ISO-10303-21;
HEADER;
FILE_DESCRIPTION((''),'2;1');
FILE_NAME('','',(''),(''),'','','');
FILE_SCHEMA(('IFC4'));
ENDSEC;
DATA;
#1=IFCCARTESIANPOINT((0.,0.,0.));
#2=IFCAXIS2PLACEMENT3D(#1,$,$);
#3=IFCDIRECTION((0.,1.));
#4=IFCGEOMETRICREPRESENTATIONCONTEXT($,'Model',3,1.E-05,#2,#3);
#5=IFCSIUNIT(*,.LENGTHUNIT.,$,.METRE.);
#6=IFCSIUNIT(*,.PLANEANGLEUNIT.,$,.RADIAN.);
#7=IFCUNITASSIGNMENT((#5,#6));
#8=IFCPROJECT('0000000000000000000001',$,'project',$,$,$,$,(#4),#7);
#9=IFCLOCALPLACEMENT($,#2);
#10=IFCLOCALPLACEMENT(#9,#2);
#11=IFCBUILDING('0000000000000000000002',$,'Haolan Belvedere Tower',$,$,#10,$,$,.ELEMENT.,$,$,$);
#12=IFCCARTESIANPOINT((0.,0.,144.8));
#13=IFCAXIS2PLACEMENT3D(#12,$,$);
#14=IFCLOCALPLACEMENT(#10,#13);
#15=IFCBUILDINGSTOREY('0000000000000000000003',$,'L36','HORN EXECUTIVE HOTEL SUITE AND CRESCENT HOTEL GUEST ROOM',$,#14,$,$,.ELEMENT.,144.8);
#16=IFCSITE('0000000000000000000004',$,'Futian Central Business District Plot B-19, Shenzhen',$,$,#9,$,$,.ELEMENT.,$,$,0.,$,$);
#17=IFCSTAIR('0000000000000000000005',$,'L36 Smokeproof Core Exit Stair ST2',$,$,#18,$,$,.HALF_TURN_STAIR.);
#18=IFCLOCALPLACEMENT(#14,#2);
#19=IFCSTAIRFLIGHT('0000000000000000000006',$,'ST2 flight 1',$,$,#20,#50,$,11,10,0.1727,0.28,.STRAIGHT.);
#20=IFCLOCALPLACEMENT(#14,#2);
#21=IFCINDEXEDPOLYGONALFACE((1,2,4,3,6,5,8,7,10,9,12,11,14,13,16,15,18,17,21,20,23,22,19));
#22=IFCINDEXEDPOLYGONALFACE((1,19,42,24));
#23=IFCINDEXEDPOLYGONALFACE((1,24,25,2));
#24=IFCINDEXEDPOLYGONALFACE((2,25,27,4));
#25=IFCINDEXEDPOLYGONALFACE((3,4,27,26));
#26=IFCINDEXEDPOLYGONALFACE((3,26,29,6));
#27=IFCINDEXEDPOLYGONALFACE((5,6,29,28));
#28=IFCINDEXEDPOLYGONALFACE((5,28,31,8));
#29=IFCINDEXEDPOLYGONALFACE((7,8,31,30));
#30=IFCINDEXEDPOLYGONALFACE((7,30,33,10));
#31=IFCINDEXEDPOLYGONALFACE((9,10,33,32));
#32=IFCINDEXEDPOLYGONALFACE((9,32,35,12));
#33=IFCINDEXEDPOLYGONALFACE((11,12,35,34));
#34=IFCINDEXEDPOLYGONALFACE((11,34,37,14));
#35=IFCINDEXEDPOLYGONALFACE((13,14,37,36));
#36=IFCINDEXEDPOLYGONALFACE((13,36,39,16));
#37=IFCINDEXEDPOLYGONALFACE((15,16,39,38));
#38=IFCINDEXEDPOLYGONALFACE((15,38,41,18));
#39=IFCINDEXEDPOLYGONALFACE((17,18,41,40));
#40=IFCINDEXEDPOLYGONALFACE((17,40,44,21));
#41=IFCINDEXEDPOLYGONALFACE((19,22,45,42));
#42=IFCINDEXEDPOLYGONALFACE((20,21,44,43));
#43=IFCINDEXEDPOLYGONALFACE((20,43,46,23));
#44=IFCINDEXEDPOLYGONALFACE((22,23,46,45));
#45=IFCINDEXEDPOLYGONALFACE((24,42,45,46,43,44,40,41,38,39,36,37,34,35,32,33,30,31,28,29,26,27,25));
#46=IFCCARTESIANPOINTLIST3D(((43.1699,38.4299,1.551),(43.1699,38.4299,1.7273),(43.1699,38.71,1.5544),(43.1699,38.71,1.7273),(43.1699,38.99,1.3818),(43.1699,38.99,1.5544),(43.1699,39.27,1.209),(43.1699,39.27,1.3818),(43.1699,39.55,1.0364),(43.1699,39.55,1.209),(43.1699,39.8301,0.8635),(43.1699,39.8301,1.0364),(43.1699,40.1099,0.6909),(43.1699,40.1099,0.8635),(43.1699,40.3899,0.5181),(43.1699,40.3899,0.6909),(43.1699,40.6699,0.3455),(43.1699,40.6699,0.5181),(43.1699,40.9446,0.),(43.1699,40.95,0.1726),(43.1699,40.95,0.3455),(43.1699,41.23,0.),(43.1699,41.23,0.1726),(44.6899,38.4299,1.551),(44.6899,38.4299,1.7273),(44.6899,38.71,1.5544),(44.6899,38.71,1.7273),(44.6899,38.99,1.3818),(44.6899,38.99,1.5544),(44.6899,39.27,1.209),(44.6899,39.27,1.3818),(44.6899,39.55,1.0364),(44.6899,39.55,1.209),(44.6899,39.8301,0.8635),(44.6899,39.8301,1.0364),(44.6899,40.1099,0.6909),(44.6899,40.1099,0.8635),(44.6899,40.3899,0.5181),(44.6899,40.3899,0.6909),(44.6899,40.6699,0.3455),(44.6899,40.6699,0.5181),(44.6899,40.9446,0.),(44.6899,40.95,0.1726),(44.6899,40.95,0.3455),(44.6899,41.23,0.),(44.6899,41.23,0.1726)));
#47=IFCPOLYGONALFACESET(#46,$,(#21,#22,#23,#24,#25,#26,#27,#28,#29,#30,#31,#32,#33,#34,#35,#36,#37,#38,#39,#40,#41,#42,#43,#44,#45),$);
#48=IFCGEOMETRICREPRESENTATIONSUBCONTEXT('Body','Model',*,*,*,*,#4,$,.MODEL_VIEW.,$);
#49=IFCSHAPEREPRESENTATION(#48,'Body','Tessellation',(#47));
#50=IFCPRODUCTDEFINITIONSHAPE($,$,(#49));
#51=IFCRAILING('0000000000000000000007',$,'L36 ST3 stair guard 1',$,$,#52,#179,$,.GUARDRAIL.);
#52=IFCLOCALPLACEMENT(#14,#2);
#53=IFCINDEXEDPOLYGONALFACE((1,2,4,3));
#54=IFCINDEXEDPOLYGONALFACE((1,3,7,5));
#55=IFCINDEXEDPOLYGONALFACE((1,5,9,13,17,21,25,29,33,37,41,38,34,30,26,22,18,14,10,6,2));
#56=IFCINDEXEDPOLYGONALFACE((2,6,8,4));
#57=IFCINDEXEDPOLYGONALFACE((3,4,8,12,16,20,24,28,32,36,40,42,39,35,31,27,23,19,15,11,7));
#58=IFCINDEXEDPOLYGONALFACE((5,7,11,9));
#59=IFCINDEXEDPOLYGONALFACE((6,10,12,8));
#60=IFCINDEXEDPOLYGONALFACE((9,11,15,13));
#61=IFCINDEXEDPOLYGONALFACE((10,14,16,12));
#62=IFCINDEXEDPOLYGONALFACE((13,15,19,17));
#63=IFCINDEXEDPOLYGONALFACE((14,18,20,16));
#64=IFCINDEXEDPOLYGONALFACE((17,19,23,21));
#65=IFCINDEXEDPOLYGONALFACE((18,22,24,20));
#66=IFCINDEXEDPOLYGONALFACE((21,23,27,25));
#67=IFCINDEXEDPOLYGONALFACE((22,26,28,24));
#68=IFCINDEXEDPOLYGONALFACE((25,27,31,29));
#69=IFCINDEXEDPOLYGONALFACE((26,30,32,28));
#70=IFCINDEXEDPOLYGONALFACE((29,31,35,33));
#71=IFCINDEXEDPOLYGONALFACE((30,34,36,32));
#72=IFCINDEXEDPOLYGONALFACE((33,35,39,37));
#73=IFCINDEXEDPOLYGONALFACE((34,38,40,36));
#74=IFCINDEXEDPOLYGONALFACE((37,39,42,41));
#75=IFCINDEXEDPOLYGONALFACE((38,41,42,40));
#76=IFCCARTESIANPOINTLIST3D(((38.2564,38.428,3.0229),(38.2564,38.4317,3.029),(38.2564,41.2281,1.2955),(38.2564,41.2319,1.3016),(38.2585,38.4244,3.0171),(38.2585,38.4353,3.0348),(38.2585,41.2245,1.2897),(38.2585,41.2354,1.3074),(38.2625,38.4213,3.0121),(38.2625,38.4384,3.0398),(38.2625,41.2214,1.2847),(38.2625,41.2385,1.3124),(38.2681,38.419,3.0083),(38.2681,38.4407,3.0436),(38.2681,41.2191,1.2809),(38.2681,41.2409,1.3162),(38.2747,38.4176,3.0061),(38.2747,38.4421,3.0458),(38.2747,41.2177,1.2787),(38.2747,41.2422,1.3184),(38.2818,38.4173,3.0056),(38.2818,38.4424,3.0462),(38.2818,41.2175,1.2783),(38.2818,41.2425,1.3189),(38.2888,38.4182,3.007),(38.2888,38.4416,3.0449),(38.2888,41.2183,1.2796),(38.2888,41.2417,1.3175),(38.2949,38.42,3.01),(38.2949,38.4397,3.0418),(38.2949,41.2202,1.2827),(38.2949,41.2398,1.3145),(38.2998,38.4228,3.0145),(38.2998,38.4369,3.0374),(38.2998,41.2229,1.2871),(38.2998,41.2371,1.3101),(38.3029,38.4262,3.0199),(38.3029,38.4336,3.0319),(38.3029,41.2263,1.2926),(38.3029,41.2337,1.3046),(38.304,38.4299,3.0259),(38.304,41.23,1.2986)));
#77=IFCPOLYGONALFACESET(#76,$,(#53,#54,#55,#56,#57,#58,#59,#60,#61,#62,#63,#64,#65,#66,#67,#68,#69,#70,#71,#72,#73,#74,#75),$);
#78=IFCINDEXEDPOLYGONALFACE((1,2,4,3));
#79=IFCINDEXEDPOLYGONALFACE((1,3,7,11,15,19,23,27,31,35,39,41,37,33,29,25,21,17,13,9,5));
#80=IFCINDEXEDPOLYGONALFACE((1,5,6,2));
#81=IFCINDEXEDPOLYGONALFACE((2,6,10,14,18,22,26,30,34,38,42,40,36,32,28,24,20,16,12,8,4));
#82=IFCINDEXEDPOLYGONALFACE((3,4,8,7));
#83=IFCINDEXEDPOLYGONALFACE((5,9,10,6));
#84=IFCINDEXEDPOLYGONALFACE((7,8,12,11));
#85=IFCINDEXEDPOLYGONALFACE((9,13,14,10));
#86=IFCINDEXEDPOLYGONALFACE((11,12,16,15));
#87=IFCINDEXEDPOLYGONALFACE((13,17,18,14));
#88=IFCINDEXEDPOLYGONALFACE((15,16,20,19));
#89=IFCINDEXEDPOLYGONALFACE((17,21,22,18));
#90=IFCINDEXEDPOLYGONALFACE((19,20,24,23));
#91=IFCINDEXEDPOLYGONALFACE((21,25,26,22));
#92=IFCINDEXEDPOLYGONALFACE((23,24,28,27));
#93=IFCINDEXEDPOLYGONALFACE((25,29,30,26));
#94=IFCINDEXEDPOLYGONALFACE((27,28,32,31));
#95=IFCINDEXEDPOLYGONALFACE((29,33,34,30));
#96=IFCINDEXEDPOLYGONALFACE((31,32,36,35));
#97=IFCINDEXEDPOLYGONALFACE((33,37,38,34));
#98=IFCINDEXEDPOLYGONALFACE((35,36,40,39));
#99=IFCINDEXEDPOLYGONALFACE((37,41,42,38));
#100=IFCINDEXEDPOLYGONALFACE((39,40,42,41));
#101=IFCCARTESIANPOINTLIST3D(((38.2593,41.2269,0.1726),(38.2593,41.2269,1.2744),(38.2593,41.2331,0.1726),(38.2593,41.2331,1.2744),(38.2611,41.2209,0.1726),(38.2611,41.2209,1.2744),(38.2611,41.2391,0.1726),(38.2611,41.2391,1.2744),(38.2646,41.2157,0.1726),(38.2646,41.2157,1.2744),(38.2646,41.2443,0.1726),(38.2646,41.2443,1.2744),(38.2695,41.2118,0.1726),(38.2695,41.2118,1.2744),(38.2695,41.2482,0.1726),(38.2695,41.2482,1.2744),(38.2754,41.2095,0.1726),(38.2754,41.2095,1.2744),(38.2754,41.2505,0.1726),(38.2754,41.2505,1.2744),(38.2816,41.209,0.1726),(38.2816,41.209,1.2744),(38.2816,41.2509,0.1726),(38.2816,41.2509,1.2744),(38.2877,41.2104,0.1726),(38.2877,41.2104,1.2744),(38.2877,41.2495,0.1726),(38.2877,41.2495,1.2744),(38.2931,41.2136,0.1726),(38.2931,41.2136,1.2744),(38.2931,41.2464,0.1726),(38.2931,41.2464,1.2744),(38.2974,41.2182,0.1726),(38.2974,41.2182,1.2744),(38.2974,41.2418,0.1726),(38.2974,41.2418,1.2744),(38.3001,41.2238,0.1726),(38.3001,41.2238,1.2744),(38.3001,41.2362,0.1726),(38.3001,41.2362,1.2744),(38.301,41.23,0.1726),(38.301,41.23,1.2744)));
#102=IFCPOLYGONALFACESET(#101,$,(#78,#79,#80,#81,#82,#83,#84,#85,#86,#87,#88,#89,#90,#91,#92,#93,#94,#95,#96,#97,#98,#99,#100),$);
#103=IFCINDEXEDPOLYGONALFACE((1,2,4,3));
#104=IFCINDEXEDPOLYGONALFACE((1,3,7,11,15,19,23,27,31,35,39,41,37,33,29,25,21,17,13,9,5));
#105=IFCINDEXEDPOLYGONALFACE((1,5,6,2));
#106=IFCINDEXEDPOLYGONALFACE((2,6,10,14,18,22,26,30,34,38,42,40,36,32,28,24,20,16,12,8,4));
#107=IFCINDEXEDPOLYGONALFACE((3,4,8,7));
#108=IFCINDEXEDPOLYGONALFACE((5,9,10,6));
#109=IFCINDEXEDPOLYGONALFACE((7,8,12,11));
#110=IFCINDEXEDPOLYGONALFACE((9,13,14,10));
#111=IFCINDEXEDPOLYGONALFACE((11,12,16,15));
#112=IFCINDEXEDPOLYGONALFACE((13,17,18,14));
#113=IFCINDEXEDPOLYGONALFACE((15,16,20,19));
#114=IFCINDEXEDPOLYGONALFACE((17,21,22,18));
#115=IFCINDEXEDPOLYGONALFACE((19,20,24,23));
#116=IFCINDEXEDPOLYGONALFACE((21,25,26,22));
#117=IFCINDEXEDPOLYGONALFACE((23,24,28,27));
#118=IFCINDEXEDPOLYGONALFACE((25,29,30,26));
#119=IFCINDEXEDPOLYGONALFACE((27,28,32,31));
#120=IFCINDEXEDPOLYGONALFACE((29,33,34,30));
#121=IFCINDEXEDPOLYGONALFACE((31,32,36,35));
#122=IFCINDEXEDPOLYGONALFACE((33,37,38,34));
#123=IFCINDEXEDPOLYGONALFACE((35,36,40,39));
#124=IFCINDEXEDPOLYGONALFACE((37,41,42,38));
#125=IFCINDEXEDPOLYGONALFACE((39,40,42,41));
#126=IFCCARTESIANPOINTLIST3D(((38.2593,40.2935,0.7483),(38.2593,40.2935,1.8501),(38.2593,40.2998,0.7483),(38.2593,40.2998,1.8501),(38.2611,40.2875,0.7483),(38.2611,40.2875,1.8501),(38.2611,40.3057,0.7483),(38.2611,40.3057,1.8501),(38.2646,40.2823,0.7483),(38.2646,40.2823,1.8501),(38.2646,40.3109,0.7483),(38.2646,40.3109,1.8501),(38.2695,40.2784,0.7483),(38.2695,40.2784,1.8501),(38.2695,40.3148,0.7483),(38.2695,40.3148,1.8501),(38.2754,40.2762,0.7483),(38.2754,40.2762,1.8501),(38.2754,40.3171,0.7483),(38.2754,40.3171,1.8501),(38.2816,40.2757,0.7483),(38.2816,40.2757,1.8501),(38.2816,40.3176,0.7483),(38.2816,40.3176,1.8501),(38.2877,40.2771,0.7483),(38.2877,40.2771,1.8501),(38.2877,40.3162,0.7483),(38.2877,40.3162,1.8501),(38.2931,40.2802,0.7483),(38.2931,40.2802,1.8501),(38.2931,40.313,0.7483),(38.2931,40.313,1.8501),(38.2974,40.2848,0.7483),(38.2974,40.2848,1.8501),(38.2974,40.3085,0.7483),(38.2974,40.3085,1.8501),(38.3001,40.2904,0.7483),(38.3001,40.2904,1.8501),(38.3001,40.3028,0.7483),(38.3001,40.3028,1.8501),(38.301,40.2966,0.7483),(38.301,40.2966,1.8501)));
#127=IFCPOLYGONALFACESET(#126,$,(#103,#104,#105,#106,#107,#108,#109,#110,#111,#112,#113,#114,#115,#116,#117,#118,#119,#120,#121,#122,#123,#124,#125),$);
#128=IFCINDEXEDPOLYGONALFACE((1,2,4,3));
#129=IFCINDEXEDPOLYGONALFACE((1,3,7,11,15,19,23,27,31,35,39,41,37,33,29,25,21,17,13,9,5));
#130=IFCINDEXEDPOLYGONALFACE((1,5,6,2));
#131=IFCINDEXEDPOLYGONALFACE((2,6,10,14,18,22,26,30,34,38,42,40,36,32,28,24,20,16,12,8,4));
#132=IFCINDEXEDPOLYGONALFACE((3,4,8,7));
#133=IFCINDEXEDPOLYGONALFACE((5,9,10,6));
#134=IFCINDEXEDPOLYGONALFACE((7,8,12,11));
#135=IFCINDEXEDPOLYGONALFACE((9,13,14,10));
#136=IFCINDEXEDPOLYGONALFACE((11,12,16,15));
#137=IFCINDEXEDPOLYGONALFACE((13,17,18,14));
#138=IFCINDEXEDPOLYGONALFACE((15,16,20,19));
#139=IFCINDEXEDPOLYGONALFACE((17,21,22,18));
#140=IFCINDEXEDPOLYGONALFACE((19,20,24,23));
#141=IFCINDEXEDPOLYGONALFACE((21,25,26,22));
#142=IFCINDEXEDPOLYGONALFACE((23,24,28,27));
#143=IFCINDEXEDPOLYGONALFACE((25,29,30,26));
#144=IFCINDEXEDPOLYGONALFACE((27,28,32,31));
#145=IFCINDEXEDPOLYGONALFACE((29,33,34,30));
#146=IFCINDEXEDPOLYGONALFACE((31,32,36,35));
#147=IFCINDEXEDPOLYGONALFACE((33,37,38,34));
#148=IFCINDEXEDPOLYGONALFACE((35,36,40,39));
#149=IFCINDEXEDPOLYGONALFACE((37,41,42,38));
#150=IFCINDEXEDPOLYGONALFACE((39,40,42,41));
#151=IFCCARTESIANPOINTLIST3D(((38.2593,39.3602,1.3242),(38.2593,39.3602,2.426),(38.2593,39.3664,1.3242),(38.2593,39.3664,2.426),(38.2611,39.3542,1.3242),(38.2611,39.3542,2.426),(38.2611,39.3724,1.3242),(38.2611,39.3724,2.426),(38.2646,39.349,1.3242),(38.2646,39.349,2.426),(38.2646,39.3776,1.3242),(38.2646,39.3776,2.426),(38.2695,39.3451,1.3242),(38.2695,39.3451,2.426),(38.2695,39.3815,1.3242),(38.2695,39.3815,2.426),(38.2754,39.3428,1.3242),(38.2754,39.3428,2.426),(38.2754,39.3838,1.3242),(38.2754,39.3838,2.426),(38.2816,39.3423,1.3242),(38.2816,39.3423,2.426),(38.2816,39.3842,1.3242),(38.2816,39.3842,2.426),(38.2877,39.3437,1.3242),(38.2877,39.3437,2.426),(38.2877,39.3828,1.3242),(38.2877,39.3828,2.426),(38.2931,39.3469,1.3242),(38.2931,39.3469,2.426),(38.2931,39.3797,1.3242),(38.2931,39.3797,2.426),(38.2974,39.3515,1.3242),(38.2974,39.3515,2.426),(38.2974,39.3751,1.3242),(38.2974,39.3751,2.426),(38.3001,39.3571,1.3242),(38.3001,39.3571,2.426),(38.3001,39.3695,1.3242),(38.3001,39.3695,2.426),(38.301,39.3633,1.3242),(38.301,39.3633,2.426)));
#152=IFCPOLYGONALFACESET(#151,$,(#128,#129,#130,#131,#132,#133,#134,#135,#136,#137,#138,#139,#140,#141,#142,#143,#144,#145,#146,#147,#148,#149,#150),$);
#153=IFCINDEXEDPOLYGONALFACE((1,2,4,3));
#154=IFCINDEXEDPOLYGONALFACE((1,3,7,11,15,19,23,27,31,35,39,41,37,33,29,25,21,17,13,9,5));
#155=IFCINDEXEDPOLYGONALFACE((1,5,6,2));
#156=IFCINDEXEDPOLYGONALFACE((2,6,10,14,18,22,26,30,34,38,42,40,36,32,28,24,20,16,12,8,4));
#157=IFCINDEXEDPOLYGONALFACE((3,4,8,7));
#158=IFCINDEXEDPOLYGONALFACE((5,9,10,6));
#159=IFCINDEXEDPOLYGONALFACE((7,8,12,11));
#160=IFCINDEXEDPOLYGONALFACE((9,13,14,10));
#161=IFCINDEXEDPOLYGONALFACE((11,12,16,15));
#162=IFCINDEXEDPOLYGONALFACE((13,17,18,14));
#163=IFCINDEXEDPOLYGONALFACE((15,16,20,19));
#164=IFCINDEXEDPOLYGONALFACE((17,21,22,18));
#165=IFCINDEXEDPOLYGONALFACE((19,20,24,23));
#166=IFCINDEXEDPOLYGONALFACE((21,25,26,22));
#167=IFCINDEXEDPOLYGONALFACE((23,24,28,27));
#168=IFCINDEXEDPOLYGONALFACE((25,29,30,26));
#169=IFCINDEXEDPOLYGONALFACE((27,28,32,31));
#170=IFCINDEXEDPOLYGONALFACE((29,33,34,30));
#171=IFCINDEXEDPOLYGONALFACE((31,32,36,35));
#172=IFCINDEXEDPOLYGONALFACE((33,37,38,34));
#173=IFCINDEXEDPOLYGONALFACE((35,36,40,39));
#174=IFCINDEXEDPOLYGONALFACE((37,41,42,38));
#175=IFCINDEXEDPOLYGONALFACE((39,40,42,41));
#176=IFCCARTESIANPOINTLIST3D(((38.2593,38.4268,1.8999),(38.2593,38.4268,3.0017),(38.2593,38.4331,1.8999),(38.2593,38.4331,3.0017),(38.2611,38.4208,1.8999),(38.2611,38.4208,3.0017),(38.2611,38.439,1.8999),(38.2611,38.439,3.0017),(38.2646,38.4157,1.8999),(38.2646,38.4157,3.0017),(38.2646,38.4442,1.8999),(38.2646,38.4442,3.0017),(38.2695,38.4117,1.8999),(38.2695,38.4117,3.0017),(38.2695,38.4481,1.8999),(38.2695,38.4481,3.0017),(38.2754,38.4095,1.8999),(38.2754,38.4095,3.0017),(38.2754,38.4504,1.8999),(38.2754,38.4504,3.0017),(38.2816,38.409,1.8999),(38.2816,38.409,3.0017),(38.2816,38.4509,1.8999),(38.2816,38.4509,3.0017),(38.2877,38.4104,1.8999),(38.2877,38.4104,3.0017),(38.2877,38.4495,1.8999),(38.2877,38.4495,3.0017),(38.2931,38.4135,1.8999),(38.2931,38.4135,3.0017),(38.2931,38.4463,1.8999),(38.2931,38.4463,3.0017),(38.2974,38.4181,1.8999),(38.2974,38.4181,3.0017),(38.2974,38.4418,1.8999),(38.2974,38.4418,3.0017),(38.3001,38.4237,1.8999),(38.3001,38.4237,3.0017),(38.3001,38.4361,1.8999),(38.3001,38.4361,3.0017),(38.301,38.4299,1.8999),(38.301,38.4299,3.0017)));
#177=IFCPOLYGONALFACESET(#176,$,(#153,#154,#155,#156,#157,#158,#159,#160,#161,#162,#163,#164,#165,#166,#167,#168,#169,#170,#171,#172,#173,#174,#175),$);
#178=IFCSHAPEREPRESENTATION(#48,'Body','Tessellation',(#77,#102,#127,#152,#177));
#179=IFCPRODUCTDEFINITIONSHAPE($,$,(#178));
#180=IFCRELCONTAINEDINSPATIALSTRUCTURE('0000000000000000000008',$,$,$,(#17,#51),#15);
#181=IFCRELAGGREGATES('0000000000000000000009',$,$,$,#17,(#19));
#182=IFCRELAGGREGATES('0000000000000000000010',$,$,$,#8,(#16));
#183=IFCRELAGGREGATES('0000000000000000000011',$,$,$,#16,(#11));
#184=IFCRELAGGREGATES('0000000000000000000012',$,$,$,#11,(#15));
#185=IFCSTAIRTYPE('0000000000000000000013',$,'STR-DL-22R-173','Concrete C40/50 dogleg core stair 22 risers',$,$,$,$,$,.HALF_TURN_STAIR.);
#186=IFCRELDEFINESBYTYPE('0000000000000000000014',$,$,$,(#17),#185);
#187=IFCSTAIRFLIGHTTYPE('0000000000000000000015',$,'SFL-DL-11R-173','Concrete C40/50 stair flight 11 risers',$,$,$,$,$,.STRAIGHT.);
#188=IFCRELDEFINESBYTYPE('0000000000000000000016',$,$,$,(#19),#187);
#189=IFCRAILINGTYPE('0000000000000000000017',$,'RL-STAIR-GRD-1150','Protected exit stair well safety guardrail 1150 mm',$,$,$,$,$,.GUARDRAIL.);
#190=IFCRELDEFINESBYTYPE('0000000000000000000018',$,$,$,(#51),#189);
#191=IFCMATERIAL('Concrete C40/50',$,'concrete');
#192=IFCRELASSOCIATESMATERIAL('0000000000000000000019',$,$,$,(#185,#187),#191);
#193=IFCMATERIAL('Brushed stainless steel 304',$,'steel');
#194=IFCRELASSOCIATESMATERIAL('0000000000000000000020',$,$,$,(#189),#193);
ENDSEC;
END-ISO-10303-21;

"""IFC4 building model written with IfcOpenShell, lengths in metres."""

from ifc_helpers import new_model, si_unit, direction, frame, origin, origin_2d, place, context, subcontext, project, spatial, polyline, circle, outline, extrude, material, type_object, element, aggregate, save


model = new_model("IFC4")

# Units and contexts
model_context = context("Model", 3, precision=1e-05, world=origin(), true_north=direction((0.0, 1.0)))
body_context = subcontext(model_context, "Body", "Model", "MODEL_VIEW")
ifc_project = project(units=[si_unit("LENGTHUNIT", "METRE"), si_unit("PLANEANGLEUNIT", "RADIAN")], contexts=[model_context])

# Site, building, storey
site_placement = place(None, origin())
site = spatial("IfcSite", under=ifc_project, at=site_placement, Name="Futian Central Business District Plot B-19, Shenzhen", CompositionType="ELEMENT", RefElevation=0.0)
building_placement = place(site_placement, origin())
building = spatial("IfcBuilding", under=site, at=building_placement, Name="Haolan Belvedere Tower", CompositionType="ELEMENT")
storey_placement = place(building_placement, frame((0.0, 0.0, 144.8)))
storey = spatial("IfcBuildingStorey", under=building, at=storey_placement, Name="L36", Description="HORN EXECUTIVE HOTEL SUITE AND CRESCENT HOTEL GUEST ROOM", CompositionType="ELEMENT", Elevation=144.8)

# Shared definitions
ifc_material_1 = material(Name="Concrete C40/50", Category="concrete")
stair_type = type_object("IfcStairType", Name="STR-DL-22R-173", Description="Concrete C40/50 dogleg core stair 22 risers", PredefinedType="HALF_TURN_STAIR", material=ifc_material_1)
stair_flight_type = type_object("IfcStairFlightType", Name="SFL-DL-11R-173", Description="Concrete C40/50 stair flight 11 risers", PredefinedType="STRAIGHT", material=ifc_material_1)

# Stair, stair flight
stair_1_placement = place(storey_placement, origin())
stair_1 = element("IfcStair", 1, at=stair_1_placement, inside=storey, type_object=stair_type, Name="L36 Smokeproof Core Exit Stair ST2", PredefinedType="HALF_TURN_STAIR")
stair_flight_1_placement = place(storey_placement, frame((43.9299, 41.23, 0.0), z_axis=(0.0, 0.0, 1.0), x_axis=(0.0, -1.0, 0.0)))
stair_flight_1 = element("IfcStairFlight", 2, at=stair_flight_1_placement, type_object=stair_flight_type, Name="ST2 flight 1", NumberOfRisers=11, NumberOfTreads=10, PredefinedType="STRAIGHT", RiserHeight=0.1727, TreadLength=0.28, context=body_context, shape_type="SweptSolid", body=[
    extrude(outline(polyline([(0.0, 0.0), (0.0, 0.1726), (0.28, 0.1726), (0.28, 0.3455), (0.5601, 0.3455), (0.5601, 0.5181), (0.8401, 0.5181), (0.8401, 0.6909), (1.1201, 0.6909), (1.1201, 0.8635), (1.3999, 0.8635), (1.3999, 1.0364), (1.6799, 1.0364), (1.6799, 1.209), (1.96, 1.209), (1.96, 1.3818), (2.24, 1.3818), (2.24, 1.5544), (2.52, 1.5544), (2.52, 1.7273), (2.8, 1.7273), (2.8, 1.8999), (2.8, 1.551), (0.2854, 0.0), (0.0, 0.0)])), frame((0.0, 0.76, 0.0), z_axis=(0.0, -1.0, 0.0), x_axis=(1.0, 0.0, 0.0)), (0.0, 0.0, 1.0), 1.52),
])
aggregate(stair_1, [stair_flight_1])

# Railing
ifc_material_2 = material(Name="Brushed stainless steel 304", Category="steel")
railing_type_1 = type_object("IfcRailingType", Name="RL-STAIR-GRD-1150", Description="Protected exit stair well safety guardrail 1150 mm", PredefinedType="GUARDRAIL", material=ifc_material_2)
railing_1_placement = place(storey_placement, frame((38.28, 41.23, 0.1726)))
element("IfcRailing", 3, at=railing_1_placement, inside=storey, type_object=railing_type_1, Name="L36 ST3 stair guard 1", PredefinedType="GUARDRAIL", context=body_context, shape_type="SweptSolid", body=[
    extrude(circle(Radius=0.0239, at=origin_2d()), frame((0.0, 0.0, 1.126), z_axis=(0.0, -0.85109, 0.52502), x_axis=(1.0, 0.0, 0.0)), (0.0, 0.0, 1.0), 3.29),
    extrude(circle(Radius=0.021, at=origin_2d()), origin(), (0.0, 0.0, 1.0), 1.1018),
    extrude(circle(Radius=0.021, at=origin_2d()), frame((0.0, -0.9333, 0.5757)), (0.0, 0.0, 1.0), 1.1018),
    extrude(circle(Radius=0.021, at=origin_2d()), frame((0.0, -1.8667, 1.1516)), (0.0, 0.0, 1.0), 1.1018),
    extrude(circle(Radius=0.021, at=origin_2d()), frame((0.0, -2.8, 1.7273)), (0.0, 0.0, 1.0), 1.1018),
])

save(model, "model.ifc")
